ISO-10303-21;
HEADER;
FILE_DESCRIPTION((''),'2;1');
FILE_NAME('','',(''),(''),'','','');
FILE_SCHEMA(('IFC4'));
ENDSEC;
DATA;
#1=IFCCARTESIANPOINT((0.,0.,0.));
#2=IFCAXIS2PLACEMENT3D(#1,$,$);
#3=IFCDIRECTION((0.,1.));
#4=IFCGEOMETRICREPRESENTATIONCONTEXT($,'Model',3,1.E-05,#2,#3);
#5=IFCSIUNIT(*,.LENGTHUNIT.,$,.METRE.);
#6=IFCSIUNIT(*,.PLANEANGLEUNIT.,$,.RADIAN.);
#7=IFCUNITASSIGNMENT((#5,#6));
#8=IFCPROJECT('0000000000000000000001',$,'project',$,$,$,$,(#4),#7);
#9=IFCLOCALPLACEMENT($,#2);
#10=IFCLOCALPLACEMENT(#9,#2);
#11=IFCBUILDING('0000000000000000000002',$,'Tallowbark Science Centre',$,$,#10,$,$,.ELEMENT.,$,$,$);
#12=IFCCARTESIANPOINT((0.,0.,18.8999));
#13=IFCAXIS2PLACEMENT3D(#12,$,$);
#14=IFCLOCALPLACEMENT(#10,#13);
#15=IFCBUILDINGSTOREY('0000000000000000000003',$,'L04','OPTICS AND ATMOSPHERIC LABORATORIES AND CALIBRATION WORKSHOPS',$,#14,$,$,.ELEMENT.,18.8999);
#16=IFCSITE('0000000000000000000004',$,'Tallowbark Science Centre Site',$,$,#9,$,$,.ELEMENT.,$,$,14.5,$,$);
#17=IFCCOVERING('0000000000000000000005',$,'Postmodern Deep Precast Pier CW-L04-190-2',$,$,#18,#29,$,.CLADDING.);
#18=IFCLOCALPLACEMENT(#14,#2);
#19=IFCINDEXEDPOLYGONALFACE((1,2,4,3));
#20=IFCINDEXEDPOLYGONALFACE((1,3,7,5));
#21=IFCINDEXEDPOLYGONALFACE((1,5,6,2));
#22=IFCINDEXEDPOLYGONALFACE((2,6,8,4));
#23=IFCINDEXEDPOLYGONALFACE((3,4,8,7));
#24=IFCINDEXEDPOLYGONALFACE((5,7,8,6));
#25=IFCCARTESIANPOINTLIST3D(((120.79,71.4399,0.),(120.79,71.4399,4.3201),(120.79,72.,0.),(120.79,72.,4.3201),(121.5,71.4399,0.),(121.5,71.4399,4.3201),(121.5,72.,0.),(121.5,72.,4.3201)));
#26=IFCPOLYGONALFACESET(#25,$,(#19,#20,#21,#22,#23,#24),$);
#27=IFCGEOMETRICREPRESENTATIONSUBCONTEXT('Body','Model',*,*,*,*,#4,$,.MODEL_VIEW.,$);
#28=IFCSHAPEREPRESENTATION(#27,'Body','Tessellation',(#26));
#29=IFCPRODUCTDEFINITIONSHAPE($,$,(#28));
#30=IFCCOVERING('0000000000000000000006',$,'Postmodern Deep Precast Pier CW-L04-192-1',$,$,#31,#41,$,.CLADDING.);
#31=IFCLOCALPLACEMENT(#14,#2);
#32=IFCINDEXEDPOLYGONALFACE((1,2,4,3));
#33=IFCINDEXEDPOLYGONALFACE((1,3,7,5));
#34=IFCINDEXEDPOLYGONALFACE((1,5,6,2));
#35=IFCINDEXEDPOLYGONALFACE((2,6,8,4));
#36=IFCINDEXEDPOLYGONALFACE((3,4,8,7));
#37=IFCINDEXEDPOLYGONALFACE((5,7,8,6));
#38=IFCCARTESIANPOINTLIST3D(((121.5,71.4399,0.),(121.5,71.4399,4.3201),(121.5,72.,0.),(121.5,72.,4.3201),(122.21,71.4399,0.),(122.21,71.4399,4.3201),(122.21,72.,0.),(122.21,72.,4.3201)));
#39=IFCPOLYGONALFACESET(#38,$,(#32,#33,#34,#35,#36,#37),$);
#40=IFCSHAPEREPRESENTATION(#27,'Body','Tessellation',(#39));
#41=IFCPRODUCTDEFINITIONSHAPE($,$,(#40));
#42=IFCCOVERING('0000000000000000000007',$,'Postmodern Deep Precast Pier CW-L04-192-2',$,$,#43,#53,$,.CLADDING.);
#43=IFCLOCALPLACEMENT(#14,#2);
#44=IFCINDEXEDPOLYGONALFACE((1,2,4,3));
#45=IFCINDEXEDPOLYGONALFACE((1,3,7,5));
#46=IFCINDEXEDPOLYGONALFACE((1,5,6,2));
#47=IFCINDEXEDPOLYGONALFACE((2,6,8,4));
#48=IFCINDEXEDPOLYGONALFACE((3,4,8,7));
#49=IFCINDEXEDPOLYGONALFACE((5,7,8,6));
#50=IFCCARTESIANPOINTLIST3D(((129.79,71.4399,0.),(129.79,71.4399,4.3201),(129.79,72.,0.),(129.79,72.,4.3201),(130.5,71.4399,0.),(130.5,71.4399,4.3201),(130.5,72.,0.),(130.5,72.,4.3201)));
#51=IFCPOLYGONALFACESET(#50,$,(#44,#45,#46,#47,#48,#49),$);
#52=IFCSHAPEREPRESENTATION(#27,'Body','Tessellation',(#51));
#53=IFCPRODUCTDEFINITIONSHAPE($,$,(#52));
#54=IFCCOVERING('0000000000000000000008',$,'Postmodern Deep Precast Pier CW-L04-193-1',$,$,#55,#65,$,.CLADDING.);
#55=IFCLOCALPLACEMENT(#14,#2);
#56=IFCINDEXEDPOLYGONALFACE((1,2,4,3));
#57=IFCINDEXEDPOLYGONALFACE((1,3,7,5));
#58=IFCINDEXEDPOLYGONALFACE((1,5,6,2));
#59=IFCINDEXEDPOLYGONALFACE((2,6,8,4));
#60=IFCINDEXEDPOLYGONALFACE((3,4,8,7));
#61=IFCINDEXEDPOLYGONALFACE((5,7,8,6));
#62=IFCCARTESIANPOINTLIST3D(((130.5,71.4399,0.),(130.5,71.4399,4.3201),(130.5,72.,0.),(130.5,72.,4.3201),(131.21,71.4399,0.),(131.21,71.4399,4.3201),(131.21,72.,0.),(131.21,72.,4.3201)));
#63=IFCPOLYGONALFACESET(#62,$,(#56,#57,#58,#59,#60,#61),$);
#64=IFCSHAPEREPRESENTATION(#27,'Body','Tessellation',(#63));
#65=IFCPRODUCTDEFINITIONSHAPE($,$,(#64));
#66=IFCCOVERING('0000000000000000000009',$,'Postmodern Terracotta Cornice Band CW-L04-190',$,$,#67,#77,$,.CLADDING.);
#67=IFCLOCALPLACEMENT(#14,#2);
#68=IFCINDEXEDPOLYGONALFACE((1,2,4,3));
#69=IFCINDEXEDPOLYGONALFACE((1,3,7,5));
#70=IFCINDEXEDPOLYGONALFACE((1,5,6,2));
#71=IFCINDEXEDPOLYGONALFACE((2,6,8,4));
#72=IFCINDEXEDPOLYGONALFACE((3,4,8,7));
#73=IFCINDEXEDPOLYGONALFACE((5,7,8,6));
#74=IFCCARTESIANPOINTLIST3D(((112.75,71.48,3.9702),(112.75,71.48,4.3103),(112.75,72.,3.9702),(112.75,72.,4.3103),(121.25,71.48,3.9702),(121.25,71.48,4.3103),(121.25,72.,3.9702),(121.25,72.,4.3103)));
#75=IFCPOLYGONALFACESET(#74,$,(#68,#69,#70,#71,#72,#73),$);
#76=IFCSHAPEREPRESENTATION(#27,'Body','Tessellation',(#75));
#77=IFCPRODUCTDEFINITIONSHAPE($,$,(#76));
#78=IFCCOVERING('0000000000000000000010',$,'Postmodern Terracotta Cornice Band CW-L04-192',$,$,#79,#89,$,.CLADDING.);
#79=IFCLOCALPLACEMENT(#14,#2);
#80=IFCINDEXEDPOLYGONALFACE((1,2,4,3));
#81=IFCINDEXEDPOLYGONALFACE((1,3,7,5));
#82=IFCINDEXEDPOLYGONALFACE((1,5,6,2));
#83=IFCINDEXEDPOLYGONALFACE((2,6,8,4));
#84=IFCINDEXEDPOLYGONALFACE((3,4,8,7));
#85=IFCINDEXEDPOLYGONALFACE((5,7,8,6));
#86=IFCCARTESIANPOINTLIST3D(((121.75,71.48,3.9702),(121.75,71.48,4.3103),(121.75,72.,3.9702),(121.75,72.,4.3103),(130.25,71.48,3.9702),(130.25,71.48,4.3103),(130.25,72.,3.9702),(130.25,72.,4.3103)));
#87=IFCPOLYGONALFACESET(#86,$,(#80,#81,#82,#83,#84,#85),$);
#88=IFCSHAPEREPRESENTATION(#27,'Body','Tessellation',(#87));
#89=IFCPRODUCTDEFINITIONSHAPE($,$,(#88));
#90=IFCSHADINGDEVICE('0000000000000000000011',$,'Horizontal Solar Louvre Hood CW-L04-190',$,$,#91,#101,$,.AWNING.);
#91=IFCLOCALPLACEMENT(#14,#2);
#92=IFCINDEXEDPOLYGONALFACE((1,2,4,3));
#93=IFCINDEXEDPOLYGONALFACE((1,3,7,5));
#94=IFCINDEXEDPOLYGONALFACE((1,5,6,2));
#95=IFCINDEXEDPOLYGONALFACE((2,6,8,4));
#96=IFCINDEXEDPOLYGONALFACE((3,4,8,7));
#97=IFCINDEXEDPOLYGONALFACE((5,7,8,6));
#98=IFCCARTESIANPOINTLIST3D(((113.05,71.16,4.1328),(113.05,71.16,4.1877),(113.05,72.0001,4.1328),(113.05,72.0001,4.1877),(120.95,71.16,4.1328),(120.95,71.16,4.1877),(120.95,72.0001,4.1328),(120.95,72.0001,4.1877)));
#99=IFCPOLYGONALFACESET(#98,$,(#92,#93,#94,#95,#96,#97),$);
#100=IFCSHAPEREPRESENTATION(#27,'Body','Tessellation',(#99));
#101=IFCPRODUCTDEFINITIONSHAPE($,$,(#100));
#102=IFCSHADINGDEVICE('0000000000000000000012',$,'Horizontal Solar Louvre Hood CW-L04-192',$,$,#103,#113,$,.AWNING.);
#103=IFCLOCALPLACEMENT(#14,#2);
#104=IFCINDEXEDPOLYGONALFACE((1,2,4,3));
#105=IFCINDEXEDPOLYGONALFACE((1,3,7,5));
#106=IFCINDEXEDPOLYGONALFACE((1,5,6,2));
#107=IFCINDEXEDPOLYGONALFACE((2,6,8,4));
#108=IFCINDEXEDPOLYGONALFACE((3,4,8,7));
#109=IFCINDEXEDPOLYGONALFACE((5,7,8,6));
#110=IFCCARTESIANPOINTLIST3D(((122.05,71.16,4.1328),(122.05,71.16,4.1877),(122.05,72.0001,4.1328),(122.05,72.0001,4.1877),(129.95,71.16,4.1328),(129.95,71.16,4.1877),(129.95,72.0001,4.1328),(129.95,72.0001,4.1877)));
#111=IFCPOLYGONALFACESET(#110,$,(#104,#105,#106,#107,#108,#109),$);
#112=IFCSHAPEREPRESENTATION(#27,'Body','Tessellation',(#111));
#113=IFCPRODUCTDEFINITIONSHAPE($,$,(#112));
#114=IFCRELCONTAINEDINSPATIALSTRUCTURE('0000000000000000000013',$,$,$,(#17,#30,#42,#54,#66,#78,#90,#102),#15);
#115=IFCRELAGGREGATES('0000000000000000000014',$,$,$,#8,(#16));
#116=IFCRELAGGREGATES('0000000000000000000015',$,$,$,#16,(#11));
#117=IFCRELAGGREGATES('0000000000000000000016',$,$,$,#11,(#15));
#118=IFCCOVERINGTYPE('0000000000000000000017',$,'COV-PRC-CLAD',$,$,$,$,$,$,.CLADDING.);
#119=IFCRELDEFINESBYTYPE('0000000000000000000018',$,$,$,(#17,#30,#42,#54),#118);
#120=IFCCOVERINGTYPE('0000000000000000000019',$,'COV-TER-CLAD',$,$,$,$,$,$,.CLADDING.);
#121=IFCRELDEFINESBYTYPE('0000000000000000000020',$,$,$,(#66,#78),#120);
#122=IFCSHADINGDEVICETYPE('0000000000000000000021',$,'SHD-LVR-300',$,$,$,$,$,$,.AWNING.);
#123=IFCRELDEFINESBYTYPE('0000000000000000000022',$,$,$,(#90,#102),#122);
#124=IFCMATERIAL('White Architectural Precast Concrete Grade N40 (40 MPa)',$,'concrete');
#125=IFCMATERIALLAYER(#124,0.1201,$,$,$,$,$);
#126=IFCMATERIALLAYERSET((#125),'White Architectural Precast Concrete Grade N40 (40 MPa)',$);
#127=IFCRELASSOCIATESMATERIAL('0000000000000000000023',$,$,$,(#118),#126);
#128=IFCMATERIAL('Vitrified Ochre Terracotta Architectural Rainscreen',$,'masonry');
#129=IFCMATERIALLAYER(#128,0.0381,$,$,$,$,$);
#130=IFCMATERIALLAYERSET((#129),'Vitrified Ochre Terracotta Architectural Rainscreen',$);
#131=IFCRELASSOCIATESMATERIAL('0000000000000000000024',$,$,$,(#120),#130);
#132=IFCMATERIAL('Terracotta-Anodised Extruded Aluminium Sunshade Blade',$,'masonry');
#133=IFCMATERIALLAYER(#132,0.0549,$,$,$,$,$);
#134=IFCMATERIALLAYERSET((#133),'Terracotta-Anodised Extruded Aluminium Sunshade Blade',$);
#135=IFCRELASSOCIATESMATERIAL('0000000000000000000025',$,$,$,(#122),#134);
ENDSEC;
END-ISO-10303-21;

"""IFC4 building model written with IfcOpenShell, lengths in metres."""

from ifc_helpers import new_model, si_unit, direction, frame, origin, origin_2d, place, context, subcontext, project, spatial, rectangle, extrude, material, layer, layer_set, type_object, element, save


model = new_model("IFC4")

# Units and contexts
model_context = context("Model", 3, precision=1e-05, world=origin(), true_north=direction((0.0, 1.0)))
body_context = subcontext(model_context, "Body", "Model", "MODEL_VIEW")
ifc_project = project(units=[si_unit("LENGTHUNIT", "METRE"), si_unit("PLANEANGLEUNIT", "RADIAN")], contexts=[model_context])

# Site, building, storey
site_placement = place(None, origin())
site = spatial("IfcSite", under=ifc_project, at=site_placement, Name="Tallowbark Science Centre Site", CompositionType="ELEMENT", RefElevation=14.5)
building_placement = place(site_placement, origin())
building = spatial("IfcBuilding", under=site, at=building_placement, Name="Tallowbark Science Centre", CompositionType="ELEMENT")
storey_placement = place(building_placement, frame((0.0, 0.0, 18.8999)))
storey = spatial("IfcBuildingStorey", under=building, at=storey_placement, Name="L04", Description="OPTICS AND ATMOSPHERIC LABORATORIES AND CALIBRATION WORKSHOPS", CompositionType="ELEMENT", Elevation=18.8999)

# Coverings
ifc_material_1 = material(Name="White Architectural Precast Concrete Grade N40 (40 MPa)", Category="concrete")
ifc_layer_1 = layer(ifc_material_1, 0.1201)
ifc_layer_set_1 = layer_set([ifc_layer_1], Name="White Architectural Precast Concrete Grade N40 (40 MPa)")
covering_type_1 = type_object("IfcCoveringType", Name="COV-PRC-CLAD", PredefinedType="CLADDING", material=ifc_layer_set_1)
for number, where, z_axis, x_axis, name in (
    (1, (121.145, 71.72, 0.0), (0.0, 0.0, 1.0), (1.0, 0.0, 0.0), "Postmodern Deep Precast Pier CW-L04-190-2"),
    (2, (121.855, 71.72, 0.0), (0.0, 0.0, 1.0), (1.0, 0.0, 0.0), "Postmodern Deep Precast Pier CW-L04-192-1"),
    (3, (130.145, 71.72, 0.0), (0.0, 0.0, 1.0), (1.0, 0.0, 0.0), "Postmodern Deep Precast Pier CW-L04-192-2"),
    (4, (130.855, 71.72, 0.0), (0.0, 0.0, 1.0), (1.0, 0.0, 0.0), "Postmodern Deep Precast Pier CW-L04-193-1"),
):
    element("IfcCovering", number, at=place(storey_placement, frame(where, z_axis=z_axis, x_axis=x_axis)), inside=storey, type_object=covering_type_1, Name=name, PredefinedType="CLADDING", context=body_context, shape_type="SweptSolid", body=[
        extrude(rectangle(XDim=0.71, YDim=0.5601, at=origin_2d()), origin(), (0.0, 0.0, 1.0), 4.3201),
    ])
ifc_material_2 = material(Name="Vitrified Ochre Terracotta Architectural Rainscreen", Category="masonry")
ifc_layer_2 = layer(ifc_material_2, 0.0381)
ifc_layer_set_2 = layer_set([ifc_layer_2], Name="Vitrified Ochre Terracotta Architectural Rainscreen")
covering_type_2 = type_object("IfcCoveringType", Name="COV-TER-CLAD", PredefinedType="CLADDING", material=ifc_layer_set_2)
for number, where, z_axis, x_axis, name in (
    (5, (117.0, 71.74, 3.9702), (0.0, 0.0, 1.0), (1.0, 0.0, 0.0), "Postmodern Terracotta Cornice Band CW-L04-190"),
    (6, (126.0, 71.74, 3.9702), (0.0, 0.0, 1.0), (1.0, 0.0, 0.0), "Postmodern Terracotta Cornice Band CW-L04-192"),
):
    element("IfcCovering", number, at=place(storey_placement, frame(where, z_axis=z_axis, x_axis=x_axis)), inside=storey, type_object=covering_type_2, Name=name, PredefinedType="CLADDING", context=body_context, shape_type="SweptSolid", body=[
        extrude(rectangle(XDim=8.5, YDim=0.52, at=origin_2d()), origin(), (0.0, 0.0, 1.0), 0.3401),
    ])

# Shading devices
ifc_material_3 = material(Name="Terracotta-Anodised Extruded Aluminium Sunshade Blade", Category="masonry")
ifc_layer_3 = layer(ifc_material_3, 0.0549)
ifc_layer_set_3 = layer_set([ifc_layer_3], Name="Terracotta-Anodised Extruded Aluminium Sunshade Blade")
shading_device_type = type_object("IfcShadingDeviceType", Name="SHD-LVR-300", PredefinedType="AWNING", material=ifc_layer_set_3)
for number, where, z_axis, x_axis, name in (
    (7, (117.0, 71.5801, 4.1328), (0.0, 0.0, 1.0), (1.0, 0.0, 0.0), "Horizontal Solar Louvre Hood CW-L04-190"),
    (8, (126.0, 71.5801, 4.1328), (0.0, 0.0, 1.0), (1.0, 0.0, 0.0), "Horizontal Solar Louvre Hood CW-L04-192"),
):
    element("IfcShadingDevice", number, at=place(storey_placement, frame(where, z_axis=z_axis, x_axis=x_axis)), inside=storey, type_object=shading_device_type, Name=name, PredefinedType="AWNING", context=body_context, shape_type="SweptSolid", body=[
        extrude(rectangle(XDim=7.8999, YDim=0.8401, at=origin_2d()), origin(), (0.0, 0.0, 1.0), 0.0549),
    ])

save(model, "model.ifc")
